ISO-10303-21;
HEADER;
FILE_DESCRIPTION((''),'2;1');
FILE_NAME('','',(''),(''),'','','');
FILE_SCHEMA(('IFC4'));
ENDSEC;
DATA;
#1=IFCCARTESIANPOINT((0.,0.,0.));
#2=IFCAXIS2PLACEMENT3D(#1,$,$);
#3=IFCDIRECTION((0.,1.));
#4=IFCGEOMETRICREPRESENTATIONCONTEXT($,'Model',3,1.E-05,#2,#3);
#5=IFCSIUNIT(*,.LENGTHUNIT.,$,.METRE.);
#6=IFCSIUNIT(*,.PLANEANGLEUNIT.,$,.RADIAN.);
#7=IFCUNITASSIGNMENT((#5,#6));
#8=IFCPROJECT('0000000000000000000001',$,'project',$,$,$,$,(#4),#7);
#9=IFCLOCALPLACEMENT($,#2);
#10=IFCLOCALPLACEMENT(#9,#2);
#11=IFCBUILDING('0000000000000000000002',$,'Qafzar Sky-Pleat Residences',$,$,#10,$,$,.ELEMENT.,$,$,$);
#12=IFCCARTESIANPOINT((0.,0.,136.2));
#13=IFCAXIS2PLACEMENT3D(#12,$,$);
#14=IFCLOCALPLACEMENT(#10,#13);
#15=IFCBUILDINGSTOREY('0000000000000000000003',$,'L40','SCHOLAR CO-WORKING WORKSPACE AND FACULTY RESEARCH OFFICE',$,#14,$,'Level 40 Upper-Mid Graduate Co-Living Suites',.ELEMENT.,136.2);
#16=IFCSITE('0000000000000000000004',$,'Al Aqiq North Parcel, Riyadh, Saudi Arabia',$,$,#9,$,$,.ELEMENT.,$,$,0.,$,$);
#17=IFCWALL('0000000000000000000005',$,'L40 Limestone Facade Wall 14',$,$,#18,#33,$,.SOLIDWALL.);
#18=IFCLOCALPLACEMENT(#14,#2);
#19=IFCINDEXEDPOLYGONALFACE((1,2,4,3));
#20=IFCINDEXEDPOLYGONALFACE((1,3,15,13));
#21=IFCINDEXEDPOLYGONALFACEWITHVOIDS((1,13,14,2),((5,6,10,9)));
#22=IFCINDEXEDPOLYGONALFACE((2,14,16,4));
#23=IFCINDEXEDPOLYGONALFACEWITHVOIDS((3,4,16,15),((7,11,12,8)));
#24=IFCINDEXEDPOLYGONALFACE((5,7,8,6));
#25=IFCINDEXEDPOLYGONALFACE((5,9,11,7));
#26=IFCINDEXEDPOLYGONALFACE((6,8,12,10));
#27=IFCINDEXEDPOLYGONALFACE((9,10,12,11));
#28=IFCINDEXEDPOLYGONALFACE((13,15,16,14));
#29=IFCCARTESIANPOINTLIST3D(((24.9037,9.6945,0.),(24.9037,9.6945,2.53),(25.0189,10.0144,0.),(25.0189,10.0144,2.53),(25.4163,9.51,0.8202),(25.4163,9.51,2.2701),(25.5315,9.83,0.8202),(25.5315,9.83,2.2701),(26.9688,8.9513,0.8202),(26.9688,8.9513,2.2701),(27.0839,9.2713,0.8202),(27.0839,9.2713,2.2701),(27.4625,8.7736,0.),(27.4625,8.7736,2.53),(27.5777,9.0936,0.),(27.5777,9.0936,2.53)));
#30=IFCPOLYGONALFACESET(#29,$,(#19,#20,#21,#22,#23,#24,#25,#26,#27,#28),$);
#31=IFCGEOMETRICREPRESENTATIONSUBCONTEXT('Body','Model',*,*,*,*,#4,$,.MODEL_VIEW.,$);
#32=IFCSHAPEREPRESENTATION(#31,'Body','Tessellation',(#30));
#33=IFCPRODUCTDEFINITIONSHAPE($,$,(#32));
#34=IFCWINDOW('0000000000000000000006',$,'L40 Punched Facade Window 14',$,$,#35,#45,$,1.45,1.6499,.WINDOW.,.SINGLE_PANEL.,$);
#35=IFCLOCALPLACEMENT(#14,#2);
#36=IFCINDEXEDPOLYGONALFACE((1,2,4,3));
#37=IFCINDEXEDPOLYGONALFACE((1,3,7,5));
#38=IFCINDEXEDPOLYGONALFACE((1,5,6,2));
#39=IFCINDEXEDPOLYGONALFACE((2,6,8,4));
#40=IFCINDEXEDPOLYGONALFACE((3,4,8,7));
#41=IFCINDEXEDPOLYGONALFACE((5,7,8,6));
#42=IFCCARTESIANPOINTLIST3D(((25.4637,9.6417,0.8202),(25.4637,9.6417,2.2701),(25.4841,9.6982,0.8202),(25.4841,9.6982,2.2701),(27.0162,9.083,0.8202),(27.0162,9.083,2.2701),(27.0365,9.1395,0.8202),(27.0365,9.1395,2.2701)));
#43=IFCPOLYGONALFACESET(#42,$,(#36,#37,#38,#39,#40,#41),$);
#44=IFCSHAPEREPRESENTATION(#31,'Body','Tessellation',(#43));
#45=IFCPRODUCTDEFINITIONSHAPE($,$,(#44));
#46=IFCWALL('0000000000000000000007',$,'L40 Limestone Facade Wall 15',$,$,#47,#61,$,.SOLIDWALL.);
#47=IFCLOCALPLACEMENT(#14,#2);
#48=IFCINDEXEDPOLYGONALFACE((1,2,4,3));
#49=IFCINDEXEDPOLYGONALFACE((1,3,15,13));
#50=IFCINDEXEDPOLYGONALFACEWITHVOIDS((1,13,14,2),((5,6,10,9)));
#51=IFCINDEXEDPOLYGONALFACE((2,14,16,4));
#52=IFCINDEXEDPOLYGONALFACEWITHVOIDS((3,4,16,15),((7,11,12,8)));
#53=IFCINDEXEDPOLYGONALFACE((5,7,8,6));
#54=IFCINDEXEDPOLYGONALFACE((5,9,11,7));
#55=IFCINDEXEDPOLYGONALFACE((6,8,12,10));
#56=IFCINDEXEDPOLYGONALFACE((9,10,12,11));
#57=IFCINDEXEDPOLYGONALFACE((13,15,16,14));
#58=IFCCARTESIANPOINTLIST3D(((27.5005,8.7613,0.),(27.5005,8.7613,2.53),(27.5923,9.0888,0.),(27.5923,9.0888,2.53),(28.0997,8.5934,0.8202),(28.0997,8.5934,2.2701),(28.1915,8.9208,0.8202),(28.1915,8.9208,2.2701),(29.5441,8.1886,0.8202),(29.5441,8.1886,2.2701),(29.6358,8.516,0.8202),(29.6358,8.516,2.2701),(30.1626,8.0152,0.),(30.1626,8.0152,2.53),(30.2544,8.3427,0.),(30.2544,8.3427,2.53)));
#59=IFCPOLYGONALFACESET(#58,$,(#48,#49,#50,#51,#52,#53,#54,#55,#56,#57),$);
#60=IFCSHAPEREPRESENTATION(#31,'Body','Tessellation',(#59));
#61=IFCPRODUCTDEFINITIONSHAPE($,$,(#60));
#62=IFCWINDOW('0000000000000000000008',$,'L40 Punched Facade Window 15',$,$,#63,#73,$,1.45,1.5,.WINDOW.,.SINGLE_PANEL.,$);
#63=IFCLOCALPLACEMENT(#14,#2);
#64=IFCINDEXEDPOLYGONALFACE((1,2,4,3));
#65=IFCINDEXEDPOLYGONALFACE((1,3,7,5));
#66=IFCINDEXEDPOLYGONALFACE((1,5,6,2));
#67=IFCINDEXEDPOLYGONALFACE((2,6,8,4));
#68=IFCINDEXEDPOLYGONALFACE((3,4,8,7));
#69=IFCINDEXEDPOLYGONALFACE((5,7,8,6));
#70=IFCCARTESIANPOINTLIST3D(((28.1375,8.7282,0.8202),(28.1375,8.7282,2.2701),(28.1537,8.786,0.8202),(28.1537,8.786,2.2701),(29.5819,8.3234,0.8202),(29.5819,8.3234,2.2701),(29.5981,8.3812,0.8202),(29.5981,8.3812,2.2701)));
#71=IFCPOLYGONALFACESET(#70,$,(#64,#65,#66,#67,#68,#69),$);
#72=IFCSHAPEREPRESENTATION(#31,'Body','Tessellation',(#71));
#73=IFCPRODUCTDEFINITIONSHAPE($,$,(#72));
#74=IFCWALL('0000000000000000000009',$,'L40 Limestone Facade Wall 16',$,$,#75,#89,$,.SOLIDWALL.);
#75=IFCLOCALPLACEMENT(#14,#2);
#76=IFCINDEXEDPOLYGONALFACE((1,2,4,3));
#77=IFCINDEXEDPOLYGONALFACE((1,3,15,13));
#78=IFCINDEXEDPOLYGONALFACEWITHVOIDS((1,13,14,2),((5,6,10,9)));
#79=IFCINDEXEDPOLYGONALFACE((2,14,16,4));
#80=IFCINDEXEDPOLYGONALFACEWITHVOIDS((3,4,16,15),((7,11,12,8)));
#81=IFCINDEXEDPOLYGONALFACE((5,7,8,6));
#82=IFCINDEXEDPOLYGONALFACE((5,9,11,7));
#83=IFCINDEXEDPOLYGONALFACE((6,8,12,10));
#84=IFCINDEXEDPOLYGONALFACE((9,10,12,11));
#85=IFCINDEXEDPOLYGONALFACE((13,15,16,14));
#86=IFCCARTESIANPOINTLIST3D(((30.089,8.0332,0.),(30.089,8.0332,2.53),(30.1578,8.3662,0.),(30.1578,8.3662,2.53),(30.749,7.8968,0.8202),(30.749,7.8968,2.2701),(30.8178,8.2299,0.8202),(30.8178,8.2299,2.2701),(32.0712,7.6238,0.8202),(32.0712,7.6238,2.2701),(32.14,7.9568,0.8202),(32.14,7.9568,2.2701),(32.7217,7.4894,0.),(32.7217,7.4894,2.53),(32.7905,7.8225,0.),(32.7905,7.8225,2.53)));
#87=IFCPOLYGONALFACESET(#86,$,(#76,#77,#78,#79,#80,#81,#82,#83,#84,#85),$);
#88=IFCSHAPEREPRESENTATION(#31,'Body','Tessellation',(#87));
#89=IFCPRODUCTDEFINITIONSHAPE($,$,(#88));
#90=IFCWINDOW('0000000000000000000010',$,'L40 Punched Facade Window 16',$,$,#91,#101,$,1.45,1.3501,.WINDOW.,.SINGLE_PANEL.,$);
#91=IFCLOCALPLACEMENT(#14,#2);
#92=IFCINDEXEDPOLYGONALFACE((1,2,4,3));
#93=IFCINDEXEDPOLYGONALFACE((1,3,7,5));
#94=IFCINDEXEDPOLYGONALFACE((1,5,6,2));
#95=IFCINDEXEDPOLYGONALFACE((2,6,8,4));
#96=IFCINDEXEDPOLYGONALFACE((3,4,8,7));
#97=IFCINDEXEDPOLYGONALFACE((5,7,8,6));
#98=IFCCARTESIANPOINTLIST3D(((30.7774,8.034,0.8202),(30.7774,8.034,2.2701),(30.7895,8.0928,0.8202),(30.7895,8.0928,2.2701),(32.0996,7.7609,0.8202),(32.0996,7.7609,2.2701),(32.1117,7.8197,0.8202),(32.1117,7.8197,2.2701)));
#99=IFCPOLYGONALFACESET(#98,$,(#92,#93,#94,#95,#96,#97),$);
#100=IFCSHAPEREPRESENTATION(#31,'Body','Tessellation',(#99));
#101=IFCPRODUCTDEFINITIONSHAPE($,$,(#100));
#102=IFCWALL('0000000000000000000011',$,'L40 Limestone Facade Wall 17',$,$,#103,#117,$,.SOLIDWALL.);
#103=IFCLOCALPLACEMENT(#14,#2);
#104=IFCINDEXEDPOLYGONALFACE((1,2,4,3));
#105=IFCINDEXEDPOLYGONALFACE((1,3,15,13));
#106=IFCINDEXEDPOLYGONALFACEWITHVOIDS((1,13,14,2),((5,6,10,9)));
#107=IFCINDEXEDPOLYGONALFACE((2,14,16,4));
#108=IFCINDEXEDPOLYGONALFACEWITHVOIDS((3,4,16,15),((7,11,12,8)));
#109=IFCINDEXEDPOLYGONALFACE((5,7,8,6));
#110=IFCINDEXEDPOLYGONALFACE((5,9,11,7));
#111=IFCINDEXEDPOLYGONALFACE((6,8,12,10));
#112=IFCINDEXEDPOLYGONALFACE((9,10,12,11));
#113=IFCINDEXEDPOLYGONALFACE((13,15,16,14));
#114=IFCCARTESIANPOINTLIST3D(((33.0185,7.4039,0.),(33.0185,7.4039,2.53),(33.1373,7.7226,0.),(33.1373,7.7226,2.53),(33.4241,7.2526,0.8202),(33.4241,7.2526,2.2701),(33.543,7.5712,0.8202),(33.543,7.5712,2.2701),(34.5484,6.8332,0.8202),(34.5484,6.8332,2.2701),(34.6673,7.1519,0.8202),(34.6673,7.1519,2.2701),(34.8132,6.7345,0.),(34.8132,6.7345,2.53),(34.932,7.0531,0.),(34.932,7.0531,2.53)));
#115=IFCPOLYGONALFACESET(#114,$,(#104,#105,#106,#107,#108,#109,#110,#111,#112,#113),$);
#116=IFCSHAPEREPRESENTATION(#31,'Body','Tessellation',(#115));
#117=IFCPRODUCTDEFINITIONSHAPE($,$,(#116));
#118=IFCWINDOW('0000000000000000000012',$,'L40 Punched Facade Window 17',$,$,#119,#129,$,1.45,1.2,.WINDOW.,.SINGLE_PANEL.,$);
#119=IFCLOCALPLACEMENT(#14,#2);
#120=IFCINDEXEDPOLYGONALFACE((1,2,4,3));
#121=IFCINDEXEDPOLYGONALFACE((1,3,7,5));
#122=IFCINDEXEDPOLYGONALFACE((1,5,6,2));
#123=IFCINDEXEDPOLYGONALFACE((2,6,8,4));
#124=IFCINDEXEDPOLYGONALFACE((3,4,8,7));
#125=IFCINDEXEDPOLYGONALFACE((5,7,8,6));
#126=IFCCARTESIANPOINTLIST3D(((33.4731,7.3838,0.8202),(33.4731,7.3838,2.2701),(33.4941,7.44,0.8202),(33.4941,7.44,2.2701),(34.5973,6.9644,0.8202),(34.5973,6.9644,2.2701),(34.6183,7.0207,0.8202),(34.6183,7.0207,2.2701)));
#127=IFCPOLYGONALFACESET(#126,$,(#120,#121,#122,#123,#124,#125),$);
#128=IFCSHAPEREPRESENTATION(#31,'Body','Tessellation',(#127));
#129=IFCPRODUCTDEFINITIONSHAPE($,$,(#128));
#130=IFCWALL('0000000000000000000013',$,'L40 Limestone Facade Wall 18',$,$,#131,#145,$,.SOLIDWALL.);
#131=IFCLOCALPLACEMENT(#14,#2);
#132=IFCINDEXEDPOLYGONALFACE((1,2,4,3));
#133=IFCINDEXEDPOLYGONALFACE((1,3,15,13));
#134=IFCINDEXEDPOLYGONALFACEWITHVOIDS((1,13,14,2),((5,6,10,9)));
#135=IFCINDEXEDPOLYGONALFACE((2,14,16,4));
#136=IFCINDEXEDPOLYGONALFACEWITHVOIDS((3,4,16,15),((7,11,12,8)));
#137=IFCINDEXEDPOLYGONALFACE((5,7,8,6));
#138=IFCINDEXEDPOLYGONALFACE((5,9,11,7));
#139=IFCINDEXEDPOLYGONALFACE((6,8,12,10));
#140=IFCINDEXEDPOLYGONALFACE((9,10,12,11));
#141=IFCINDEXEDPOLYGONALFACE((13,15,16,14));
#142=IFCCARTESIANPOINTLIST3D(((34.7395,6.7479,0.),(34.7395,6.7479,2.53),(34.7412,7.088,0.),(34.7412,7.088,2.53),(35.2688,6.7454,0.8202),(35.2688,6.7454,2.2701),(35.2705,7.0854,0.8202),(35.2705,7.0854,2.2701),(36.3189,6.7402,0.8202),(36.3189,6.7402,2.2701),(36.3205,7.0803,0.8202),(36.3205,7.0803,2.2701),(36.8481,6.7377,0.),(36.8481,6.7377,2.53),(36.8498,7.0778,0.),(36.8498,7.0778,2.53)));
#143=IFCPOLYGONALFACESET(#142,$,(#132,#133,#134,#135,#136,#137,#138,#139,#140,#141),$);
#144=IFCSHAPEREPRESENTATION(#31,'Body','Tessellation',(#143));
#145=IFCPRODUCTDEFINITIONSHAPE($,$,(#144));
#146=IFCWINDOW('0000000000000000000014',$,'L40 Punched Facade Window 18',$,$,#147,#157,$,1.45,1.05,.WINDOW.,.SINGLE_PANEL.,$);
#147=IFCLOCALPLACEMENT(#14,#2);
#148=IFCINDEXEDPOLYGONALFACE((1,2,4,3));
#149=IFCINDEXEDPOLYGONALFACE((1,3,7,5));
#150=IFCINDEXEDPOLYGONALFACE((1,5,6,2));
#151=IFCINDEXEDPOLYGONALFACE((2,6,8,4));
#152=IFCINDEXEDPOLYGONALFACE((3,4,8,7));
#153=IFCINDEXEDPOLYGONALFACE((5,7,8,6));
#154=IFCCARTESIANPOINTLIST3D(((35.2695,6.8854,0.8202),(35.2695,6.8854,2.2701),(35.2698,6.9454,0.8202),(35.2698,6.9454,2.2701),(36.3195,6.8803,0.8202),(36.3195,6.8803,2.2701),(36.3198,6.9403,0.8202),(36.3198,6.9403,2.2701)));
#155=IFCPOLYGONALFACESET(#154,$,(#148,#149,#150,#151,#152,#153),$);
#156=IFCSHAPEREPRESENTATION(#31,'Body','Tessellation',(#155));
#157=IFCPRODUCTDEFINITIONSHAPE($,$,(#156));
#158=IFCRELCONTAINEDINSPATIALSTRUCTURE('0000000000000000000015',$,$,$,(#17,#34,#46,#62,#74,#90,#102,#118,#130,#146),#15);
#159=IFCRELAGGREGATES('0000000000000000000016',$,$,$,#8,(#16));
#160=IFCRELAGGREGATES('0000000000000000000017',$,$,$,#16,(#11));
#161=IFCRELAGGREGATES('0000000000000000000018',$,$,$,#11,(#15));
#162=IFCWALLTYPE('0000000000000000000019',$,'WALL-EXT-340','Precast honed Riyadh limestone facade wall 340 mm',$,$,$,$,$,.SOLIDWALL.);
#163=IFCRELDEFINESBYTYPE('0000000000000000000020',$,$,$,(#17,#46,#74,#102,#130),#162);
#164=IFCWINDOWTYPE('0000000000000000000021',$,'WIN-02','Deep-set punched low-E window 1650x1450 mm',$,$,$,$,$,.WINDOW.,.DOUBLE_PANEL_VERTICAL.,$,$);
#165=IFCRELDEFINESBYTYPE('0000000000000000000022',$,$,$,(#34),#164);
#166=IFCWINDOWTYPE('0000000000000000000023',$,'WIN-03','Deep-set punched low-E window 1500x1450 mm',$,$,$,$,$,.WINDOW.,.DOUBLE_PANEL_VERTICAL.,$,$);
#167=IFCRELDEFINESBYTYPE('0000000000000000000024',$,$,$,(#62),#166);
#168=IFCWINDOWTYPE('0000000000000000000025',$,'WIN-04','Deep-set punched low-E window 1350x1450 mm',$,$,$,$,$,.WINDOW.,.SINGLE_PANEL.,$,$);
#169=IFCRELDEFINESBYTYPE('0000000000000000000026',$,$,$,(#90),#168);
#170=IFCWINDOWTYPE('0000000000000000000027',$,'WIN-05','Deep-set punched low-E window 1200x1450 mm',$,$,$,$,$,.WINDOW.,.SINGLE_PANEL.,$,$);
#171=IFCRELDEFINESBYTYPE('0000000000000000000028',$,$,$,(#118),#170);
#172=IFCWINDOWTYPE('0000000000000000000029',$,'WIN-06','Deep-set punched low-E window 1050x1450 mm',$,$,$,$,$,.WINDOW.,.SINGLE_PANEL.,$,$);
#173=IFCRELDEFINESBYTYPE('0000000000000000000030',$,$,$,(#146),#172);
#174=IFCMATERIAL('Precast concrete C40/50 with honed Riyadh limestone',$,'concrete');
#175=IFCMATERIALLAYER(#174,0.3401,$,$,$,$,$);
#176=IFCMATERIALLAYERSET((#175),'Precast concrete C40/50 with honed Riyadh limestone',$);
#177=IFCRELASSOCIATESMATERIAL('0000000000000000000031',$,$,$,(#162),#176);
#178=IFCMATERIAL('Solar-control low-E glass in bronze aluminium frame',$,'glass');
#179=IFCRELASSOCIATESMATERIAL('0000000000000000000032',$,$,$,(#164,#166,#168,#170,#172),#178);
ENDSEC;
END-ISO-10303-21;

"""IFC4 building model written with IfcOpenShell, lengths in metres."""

from ifc_helpers import new_model, si_unit, direction, frame, frame_2d, origin, place, context, subcontext, project, spatial, rectangle, extrude, source, transform, mapped, material, layer, layer_set, type_object, element, fill, save


model = new_model("IFC4")

# Units and contexts
model_context = context("Model", 3, precision=1e-05, world=origin(), true_north=direction((0.0, 1.0)))
body_context = subcontext(model_context, "Body", "Model", "MODEL_VIEW")
ifc_project = project(units=[si_unit("LENGTHUNIT", "METRE"), si_unit("PLANEANGLEUNIT", "RADIAN")], contexts=[model_context])

# Site, building, storey
site_placement = place(None, origin())
site = spatial("IfcSite", under=ifc_project, at=site_placement, Name="Al Aqiq North Parcel, Riyadh, Saudi Arabia", CompositionType="ELEMENT", RefElevation=0.0)
building_placement = place(site_placement, origin())
building = spatial("IfcBuilding", under=site, at=building_placement, Name="Qafzar Sky-Pleat Residences", CompositionType="ELEMENT")
storey_placement = place(building_placement, frame((0.0, 0.0, 136.2)))
storey = spatial("IfcBuildingStorey", under=building, at=storey_placement, Name="L40", Description="SCHOLAR CO-WORKING WORKSPACE AND FACULTY RESEARCH OFFICE", LongName="Level 40 Upper-Mid Graduate Co-Living Suites", CompositionType="ELEMENT", Elevation=136.2)

# Walls, openings, windows
ifc_material_1 = material(Name="Precast concrete C40/50 with honed Riyadh limestone", Category="concrete")
ifc_layer_1 = layer(ifc_material_1, 0.3401)
ifc_layer_set_1 = layer_set([ifc_layer_1], Name="Precast concrete C40/50 with honed Riyadh limestone")
wall_type_1 = type_object("IfcWallType", Name="WALL-EXT-340", Description="Precast honed Riyadh limestone facade wall 340 mm", PredefinedType="SOLIDWALL", material=ifc_layer_set_1)
wall_1_placement = place(storey_placement, frame((24.9612, 9.8545, 0.0), z_axis=(0.0, 0.0, 1.0), x_axis=(0.940921, -0.338627, 0.0)))
wall_1 = element("IfcWall", 1, at=wall_1_placement, inside=storey, type_object=wall_type_1, Name="L40 Limestone Facade Wall 14", PredefinedType="SOLIDWALL", context=body_context, shape_type="SweptSolid", body=[
    extrude(rectangle(XDim=2.7195, YDim=0.3401, at=frame_2d((1.3599, 0.0))), origin(), (0.0, 0.0, 1.0), 2.53),
])
opening_1_placement = place(wall_1_placement, frame((0.5449, 0.0, 0.8201)))
opening_1 = element("IfcOpeningElement", 2, at=opening_1_placement, cuts=wall_1, PredefinedType="OPENING", context=body_context, shape_type="SweptSolid", body=[
    extrude(rectangle(XDim=1.6499, YDim=1.45, at=frame_2d((0.825, 0.7251))), frame((0.0, 0.1802, 0.0), z_axis=(0.0, -1.0, 0.0), x_axis=(1.0, 0.0, 0.0)), (0.0, 0.0, 1.0), 0.3601),
])
ifc_material_2 = material(Name="Solar-control low-E glass in bronze aluminium frame", Category="glass")
window_type_1 = type_object("IfcWindowType", Name="WIN-02", Description="Deep-set punched low-E window 1650x1450 mm", PartitioningType="DOUBLE_PANEL_VERTICAL", PredefinedType="WINDOW", material=ifc_material_2)
shared_shape_1 = source(origin(), body_context, "Body", "SweptSolid", [
    extrude(rectangle(XDim=1.6499, YDim=1.45, at=frame_2d((0.825, 0.7251))), frame((0.0, 0.03, 0.0), z_axis=(0.0, -1.0, 0.0), x_axis=(1.0, 0.0, 0.0)), (0.0, 0.0, 1.0), 0.0601),
])
window_1_placement = place(opening_1_placement, origin())
window_1 = element("IfcWindow", 3, at=window_1_placement, inside=storey, type_object=window_type_1, Name="L40 Punched Facade Window 14", OverallHeight=1.45, OverallWidth=1.6499, PartitioningType="SINGLE_PANEL", PredefinedType="WINDOW", context=body_context, shape_type="MappedRepresentation", body=[
    mapped(shared_shape_1, transform((0.0, 0.0, 0.0), x_axis=(1.0, 0.0, 0.0), y_axis=(0.0, 1.0, 0.0), z_axis=(0.0, 0.0, 1.0), scale=1.0)),
])
fill(opening_1, window_1)
wall_2_placement = place(storey_placement, frame((27.5464, 8.925, 0.0), z_axis=(0.0, 0.0, 1.0), x_axis=(0.962898, -0.269866, 0.0)))
wall_2 = element("IfcWall", 4, at=wall_2_placement, inside=storey, type_object=wall_type_1, Name="L40 Limestone Facade Wall 15", PredefinedType="SOLIDWALL", context=body_context, shape_type="SweptSolid", body=[
    extrude(rectangle(XDim=2.7646, YDim=0.3401, at=frame_2d((1.3823, 0.0))), origin(), (0.0, 0.0, 1.0), 2.53),
])
opening_2_placement = place(wall_2_placement, frame((0.6223, 0.0, 0.8201)))
opening_2 = element("IfcOpeningElement", 5, at=opening_2_placement, cuts=wall_2, PredefinedType="OPENING", context=body_context, shape_type="SweptSolid", body=[
    extrude(rectangle(XDim=1.5, YDim=1.45, at=frame_2d((0.75, 0.7251))), frame((0.0, 0.1802, 0.0), z_axis=(0.0, -1.0, 0.0), x_axis=(1.0, 0.0, 0.0)), (0.0, 0.0, 1.0), 0.3601),
])
window_type_2 = type_object("IfcWindowType", Name="WIN-03", Description="Deep-set punched low-E window 1500x1450 mm", PartitioningType="DOUBLE_PANEL_VERTICAL", PredefinedType="WINDOW", material=ifc_material_2)
shared_shape_2 = source(origin(), body_context, "Body", "SweptSolid", [
    extrude(rectangle(XDim=1.5, YDim=1.45, at=frame_2d((0.75, 0.7251))), frame((0.0, 0.03, 0.0), z_axis=(0.0, -1.0, 0.0), x_axis=(1.0, 0.0, 0.0)), (0.0, 0.0, 1.0), 0.0601),
])
window_2_placement = place(opening_2_placement, origin())
window_2 = element("IfcWindow", 6, at=window_2_placement, inside=storey, type_object=window_type_2, Name="L40 Punched Facade Window 15", OverallHeight=1.45, OverallWidth=1.5, PartitioningType="SINGLE_PANEL", PredefinedType="WINDOW", context=body_context, shape_type="MappedRepresentation", body=[
    mapped(shared_shape_2, transform((0.0, 0.0, 0.0), x_axis=(1.0, 0.0, 0.0), y_axis=(0.0, 1.0, 0.0), z_axis=(0.0, 0.0, 1.0), scale=1.0)),
])
fill(opening_2, window_2)
wall_3_placement = place(storey_placement, frame((30.1233, 8.1997, 0.0), z_axis=(0.0, 0.0, 1.0), x_axis=(0.979332, -0.20226, 0.0)))
wall_3 = element("IfcWall", 7, at=wall_3_placement, inside=storey, type_object=wall_type_1, Name="L40 Limestone Facade Wall 16", PredefinedType="SOLIDWALL", context=body_context, shape_type="SweptSolid", body=[
    extrude(rectangle(XDim=2.6882, YDim=0.3401, at=frame_2d((1.3442, 0.0))), origin(), (0.0, 0.0, 1.0), 2.53),
])
opening_3_placement = place(wall_3_placement, frame((0.6741, 0.0, 0.8201)))
opening_3 = element("IfcOpeningElement", 8, at=opening_3_placement, cuts=wall_3, PredefinedType="OPENING", context=body_context, shape_type="SweptSolid", body=[
    extrude(rectangle(XDim=1.3501, YDim=1.45, at=frame_2d((0.675, 0.7251))), frame((0.0, 0.1802, 0.0), z_axis=(0.0, -1.0, 0.0), x_axis=(1.0, 0.0, 0.0)), (0.0, 0.0, 1.0), 0.3601),
])
window_type_3 = type_object("IfcWindowType", Name="WIN-04", Description="Deep-set punched low-E window 1350x1450 mm", PartitioningType="SINGLE_PANEL", PredefinedType="WINDOW", material=ifc_material_2)
shared_shape_3 = source(origin(), body_context, "Body", "SweptSolid", [
    extrude(rectangle(XDim=1.3501, YDim=1.45, at=frame_2d((0.675, 0.7251))), frame((0.0, 0.03, 0.0), z_axis=(0.0, -1.0, 0.0), x_axis=(1.0, 0.0, 0.0)), (0.0, 0.0, 1.0), 0.0601),
])
window_3_placement = place(opening_3_placement, origin())
window_3 = element("IfcWindow", 9, at=window_3_placement, inside=storey, type_object=window_type_3, Name="L40 Punched Facade Window 16", OverallHeight=1.45, OverallWidth=1.3501, PartitioningType="SINGLE_PANEL", PredefinedType="WINDOW", context=body_context, shape_type="MappedRepresentation", body=[
    mapped(shared_shape_3, transform((0.0, 0.0, 0.0), x_axis=(1.0, 0.0, 0.0), y_axis=(0.0, 1.0, 0.0), z_axis=(0.0, 0.0, 1.0), scale=1.0)),
])
fill(opening_3, window_3)
wall_4_placement = place(storey_placement, frame((33.0779, 7.5632, 0.0), z_axis=(0.0, 0.0, 1.0), x_axis=(0.936941, -0.349489, 0.0)))
wall_4 = element("IfcWall", 10, at=wall_4_placement, inside=storey, type_object=wall_type_1, Name="L40 Limestone Facade Wall 17", PredefinedType="SOLIDWALL", context=body_context, shape_type="SweptSolid", body=[
    extrude(rectangle(XDim=1.9155, YDim=0.3401, at=frame_2d((0.9578, 0.0))), origin(), (0.0, 0.0, 1.0), 2.53),
])
opening_4_placement = place(wall_4_placement, frame((0.4329, 0.0, 0.8201)))
opening_4 = element("IfcOpeningElement", 11, at=opening_4_placement, cuts=wall_4, PredefinedType="OPENING", context=body_context, shape_type="SweptSolid", body=[
    extrude(rectangle(XDim=1.2, YDim=1.45, at=frame_2d((0.6001, 0.7251))), frame((0.0, 0.1802, 0.0), z_axis=(0.0, -1.0, 0.0), x_axis=(1.0, 0.0, 0.0)), (0.0, 0.0, 1.0), 0.3601),
])
window_type_4 = type_object("IfcWindowType", Name="WIN-05", Description="Deep-set punched low-E window 1200x1450 mm", PartitioningType="SINGLE_PANEL", PredefinedType="WINDOW", material=ifc_material_2)
shared_shape_4 = source(origin(), body_context, "Body", "SweptSolid", [
    extrude(rectangle(XDim=1.2, YDim=1.45, at=frame_2d((0.6001, 0.7251))), frame((0.0, 0.03, 0.0), z_axis=(0.0, -1.0, 0.0), x_axis=(1.0, 0.0, 0.0)), (0.0, 0.0, 1.0), 0.0601),
])
window_4_placement = place(opening_4_placement, origin())
window_4 = element("IfcWindow", 12, at=window_4_placement, inside=storey, type_object=window_type_4, Name="L40 Punched Facade Window 17", OverallHeight=1.45, OverallWidth=1.2, PartitioningType="SINGLE_PANEL", PredefinedType="WINDOW", context=body_context, shape_type="MappedRepresentation", body=[
    mapped(shared_shape_4, transform((0.0, 0.0, 0.0), x_axis=(1.0, 0.0, 0.0), y_axis=(0.0, 1.0, 0.0), z_axis=(0.0, 0.0, 1.0), scale=1.0)),
])
fill(opening_4, window_4)
wall_5_placement = place(storey_placement, frame((34.7405, 6.918, 0.0), z_axis=(0.0, 0.0, 1.0), x_axis=(0.999988, -0.004863, 0.0)))
wall_5 = element("IfcWall", 13, at=wall_5_placement, inside=storey, type_object=wall_type_1, Name="L40 Limestone Facade Wall 18", PredefinedType="SOLIDWALL", context=body_context, shape_type="SweptSolid", body=[
    extrude(rectangle(XDim=2.1086, YDim=0.3401, at=frame_2d((1.0542, 0.0))), origin(), (0.0, 0.0, 1.0), 2.53),
])
opening_5_placement = place(wall_5_placement, frame((0.5293, 0.0, 0.8201)))
opening_5 = element("IfcOpeningElement", 14, at=opening_5_placement, cuts=wall_5, PredefinedType="OPENING", context=body_context, shape_type="SweptSolid", body=[
    extrude(rectangle(XDim=1.05, YDim=1.45, at=frame_2d((0.5249, 0.7251))), frame((0.0, 0.1802, 0.0), z_axis=(0.0, -1.0, 0.0), x_axis=(1.0, 0.0, 0.0)), (0.0, 0.0, 1.0), 0.3601),
])
window_type_5 = type_object("IfcWindowType", Name="WIN-06", Description="Deep-set punched low-E window 1050x1450 mm", PartitioningType="SINGLE_PANEL", PredefinedType="WINDOW", material=ifc_material_2)
shared_shape_5 = source(origin(), body_context, "Body", "SweptSolid", [
    extrude(rectangle(XDim=1.05, YDim=1.45, at=frame_2d((0.5249, 0.7251))), frame((0.0, 0.03, 0.0), z_axis=(0.0, -1.0, 0.0), x_axis=(1.0, 0.0, 0.0)), (0.0, 0.0, 1.0), 0.0601),
])
window_5_placement = place(opening_5_placement, origin())
window_5 = element("IfcWindow", 15, at=window_5_placement, inside=storey, type_object=window_type_5, Name="L40 Punched Facade Window 18", OverallHeight=1.45, OverallWidth=1.05, PartitioningType="SINGLE_PANEL", PredefinedType="WINDOW", context=body_context, shape_type="MappedRepresentation", body=[
    mapped(shared_shape_5, transform((0.0, 0.0, 0.0), x_axis=(1.0, 0.0, 0.0), y_axis=(0.0, 1.0, 0.0), z_axis=(0.0, 0.0, 1.0), scale=1.0)),
])
fill(opening_5, window_5)

save(model, "model.ifc")
